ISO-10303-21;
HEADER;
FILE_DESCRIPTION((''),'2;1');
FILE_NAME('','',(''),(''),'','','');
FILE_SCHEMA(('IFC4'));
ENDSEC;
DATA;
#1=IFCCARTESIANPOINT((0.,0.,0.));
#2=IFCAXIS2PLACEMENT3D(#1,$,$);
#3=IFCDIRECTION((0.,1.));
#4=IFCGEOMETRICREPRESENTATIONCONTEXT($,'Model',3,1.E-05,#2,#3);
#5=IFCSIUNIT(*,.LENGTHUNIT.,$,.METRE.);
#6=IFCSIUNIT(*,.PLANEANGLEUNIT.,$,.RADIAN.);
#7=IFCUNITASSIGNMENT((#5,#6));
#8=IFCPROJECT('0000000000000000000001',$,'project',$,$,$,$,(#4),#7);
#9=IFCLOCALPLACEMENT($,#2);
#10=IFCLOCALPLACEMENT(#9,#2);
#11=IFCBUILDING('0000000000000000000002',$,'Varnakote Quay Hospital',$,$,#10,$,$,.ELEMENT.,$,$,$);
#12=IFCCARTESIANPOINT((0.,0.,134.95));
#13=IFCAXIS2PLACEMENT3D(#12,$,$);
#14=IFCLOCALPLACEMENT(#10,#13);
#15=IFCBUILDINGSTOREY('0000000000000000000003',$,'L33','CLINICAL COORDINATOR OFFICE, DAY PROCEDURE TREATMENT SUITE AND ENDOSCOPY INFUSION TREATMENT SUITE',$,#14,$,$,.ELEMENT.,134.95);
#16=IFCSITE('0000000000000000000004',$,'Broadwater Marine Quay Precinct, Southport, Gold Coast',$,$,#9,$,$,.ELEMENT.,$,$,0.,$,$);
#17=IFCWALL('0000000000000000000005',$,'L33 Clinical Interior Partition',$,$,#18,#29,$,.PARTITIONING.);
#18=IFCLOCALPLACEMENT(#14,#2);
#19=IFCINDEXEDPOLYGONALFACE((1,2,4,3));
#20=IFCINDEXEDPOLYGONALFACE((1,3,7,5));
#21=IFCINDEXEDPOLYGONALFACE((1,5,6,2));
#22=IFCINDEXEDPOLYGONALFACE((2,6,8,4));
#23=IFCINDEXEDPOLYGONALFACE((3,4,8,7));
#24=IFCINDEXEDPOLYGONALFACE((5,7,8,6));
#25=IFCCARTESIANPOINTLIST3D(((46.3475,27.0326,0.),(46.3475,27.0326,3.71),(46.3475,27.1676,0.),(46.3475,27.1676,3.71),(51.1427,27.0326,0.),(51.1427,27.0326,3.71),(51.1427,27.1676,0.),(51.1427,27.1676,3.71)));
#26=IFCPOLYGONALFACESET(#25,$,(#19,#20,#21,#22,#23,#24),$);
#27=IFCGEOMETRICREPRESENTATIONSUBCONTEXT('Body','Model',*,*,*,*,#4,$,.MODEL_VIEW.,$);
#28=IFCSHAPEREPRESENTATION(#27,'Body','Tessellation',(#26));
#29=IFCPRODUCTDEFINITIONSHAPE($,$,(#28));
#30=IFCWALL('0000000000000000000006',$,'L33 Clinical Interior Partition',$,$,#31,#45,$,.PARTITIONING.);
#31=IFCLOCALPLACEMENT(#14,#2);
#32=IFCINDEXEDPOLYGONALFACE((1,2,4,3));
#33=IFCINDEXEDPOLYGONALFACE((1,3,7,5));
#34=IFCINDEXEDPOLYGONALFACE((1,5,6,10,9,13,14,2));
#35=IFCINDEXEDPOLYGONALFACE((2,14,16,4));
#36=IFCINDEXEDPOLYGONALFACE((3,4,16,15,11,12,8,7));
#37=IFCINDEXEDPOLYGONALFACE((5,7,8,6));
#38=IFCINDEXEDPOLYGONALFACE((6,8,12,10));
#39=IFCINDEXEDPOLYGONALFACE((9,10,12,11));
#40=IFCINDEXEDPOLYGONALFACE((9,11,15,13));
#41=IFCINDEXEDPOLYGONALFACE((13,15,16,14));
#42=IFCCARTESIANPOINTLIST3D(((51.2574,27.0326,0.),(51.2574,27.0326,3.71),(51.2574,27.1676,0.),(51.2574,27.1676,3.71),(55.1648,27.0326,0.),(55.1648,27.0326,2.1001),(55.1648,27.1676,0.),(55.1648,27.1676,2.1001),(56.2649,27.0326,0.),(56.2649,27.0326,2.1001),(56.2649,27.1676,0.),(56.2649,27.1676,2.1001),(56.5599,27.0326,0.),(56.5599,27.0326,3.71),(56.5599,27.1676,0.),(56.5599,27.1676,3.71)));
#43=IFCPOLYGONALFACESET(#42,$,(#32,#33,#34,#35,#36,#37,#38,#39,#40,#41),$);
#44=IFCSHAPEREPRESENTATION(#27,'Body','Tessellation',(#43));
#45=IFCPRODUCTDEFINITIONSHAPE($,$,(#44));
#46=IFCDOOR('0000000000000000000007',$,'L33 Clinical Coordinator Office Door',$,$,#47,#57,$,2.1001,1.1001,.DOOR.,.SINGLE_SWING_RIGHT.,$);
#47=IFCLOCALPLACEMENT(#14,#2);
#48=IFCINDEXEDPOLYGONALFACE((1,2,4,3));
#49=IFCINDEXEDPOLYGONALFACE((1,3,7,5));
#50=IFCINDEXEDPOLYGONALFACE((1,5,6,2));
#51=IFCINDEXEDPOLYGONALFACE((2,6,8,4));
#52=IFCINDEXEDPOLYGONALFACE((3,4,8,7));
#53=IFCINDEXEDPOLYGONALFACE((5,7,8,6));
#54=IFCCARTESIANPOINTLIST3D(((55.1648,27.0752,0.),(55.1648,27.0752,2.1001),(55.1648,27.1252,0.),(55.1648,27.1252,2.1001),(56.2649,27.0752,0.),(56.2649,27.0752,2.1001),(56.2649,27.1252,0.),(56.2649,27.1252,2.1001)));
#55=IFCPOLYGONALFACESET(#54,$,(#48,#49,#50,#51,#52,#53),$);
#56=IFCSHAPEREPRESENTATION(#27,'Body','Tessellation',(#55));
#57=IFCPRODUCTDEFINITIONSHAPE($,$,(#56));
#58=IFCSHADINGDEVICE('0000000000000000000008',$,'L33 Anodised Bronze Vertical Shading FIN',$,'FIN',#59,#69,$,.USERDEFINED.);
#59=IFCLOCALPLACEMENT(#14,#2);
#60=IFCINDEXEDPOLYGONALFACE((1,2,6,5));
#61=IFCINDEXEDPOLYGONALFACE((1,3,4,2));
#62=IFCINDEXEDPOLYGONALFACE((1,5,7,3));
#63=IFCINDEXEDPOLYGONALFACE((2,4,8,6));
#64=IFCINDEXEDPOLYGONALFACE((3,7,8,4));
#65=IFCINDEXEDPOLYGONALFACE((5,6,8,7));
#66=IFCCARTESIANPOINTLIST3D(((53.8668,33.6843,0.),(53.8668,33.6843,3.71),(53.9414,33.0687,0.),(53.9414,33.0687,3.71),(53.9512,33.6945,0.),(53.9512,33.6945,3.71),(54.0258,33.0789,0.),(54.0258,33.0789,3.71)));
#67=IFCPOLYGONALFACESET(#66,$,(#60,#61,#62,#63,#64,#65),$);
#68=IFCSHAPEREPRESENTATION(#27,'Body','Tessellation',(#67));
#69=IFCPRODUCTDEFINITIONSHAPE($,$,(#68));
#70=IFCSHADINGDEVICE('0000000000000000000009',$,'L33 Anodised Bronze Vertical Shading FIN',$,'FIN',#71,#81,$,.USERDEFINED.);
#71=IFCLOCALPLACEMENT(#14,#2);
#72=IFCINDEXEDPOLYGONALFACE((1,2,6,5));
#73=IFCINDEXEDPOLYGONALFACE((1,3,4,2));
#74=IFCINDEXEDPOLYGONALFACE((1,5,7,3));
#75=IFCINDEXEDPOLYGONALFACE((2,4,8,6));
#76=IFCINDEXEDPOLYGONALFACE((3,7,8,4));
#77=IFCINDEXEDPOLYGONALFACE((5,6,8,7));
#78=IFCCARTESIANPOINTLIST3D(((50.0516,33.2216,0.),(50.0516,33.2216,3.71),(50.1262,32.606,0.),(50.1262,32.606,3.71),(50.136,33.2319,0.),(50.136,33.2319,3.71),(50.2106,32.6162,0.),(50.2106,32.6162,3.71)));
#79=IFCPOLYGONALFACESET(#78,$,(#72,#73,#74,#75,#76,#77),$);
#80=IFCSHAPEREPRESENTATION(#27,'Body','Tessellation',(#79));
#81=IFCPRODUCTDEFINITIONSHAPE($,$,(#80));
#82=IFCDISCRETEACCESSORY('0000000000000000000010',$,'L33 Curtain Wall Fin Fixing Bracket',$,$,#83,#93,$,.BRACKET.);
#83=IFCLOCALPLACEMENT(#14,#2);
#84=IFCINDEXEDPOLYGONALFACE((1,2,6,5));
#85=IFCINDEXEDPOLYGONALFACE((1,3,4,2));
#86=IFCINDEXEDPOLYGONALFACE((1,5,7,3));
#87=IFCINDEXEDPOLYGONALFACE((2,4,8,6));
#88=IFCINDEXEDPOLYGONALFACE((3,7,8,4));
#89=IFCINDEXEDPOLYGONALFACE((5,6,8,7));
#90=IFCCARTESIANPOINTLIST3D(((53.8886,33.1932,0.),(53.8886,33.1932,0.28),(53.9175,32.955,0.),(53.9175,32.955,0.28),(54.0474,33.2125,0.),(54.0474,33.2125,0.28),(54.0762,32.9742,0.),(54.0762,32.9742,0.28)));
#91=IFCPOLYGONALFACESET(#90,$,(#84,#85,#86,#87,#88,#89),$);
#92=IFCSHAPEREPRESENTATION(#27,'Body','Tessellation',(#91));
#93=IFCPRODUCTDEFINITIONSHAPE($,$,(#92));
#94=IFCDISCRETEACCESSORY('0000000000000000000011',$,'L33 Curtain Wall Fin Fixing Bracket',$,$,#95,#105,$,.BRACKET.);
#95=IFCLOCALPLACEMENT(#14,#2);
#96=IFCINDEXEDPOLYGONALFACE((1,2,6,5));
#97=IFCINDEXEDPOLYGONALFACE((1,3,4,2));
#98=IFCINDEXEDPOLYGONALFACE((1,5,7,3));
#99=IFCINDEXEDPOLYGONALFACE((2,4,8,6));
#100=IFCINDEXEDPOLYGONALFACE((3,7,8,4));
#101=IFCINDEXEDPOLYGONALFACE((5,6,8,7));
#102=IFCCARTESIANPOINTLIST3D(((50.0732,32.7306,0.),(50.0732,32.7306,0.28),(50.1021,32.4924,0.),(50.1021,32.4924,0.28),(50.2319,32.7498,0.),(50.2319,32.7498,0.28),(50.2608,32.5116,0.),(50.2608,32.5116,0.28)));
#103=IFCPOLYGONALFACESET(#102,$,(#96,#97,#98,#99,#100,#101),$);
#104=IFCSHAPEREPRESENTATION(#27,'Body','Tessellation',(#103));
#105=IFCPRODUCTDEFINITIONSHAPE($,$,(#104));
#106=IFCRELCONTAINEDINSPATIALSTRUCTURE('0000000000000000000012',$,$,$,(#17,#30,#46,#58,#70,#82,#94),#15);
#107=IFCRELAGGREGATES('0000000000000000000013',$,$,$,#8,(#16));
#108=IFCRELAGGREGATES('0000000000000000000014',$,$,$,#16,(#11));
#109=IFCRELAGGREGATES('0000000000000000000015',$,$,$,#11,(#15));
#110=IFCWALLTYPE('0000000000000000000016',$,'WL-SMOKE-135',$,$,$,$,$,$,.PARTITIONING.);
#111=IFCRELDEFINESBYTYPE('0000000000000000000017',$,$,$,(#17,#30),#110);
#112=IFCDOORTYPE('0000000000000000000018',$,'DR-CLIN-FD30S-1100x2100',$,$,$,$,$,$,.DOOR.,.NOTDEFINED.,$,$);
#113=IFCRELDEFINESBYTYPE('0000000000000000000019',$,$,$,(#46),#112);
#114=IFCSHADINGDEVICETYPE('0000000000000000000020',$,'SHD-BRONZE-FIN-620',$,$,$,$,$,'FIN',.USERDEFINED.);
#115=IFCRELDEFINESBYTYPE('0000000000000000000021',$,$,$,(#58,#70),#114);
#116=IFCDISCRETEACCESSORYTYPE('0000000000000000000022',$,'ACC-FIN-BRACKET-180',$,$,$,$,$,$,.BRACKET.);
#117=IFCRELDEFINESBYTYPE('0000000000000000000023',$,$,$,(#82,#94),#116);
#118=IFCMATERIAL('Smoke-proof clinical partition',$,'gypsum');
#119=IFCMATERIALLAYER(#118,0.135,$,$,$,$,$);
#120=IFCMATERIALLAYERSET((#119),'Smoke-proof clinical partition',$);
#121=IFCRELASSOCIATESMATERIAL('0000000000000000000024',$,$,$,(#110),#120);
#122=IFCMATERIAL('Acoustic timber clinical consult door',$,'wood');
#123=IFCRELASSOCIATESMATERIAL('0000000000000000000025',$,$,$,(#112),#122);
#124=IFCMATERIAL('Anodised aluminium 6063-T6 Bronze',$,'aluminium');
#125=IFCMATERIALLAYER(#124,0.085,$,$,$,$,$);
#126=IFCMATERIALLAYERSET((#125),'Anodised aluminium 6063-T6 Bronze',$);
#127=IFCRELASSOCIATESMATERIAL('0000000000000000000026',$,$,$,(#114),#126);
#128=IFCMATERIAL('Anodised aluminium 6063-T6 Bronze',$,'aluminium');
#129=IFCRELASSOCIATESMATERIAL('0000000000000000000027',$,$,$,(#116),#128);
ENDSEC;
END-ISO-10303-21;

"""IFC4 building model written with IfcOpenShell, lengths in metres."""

from ifc_helpers import new_model, si_unit, direction, frame, frame_2d, origin, origin_2d, place, context, subcontext, project, spatial, rectangle, extrude, material, layer, layer_set, type_object, element, fill, save


model = new_model("IFC4")

# Units and contexts
model_context = context("Model", 3, precision=1e-05, world=origin(), true_north=direction((0.0, 1.0)))
body_context = subcontext(model_context, "Body", "Model", "MODEL_VIEW")
ifc_project = project(units=[si_unit("LENGTHUNIT", "METRE"), si_unit("PLANEANGLEUNIT", "RADIAN")], contexts=[model_context])

# Site, building, storey
site_placement = place(None, origin())
site = spatial("IfcSite", under=ifc_project, at=site_placement, Name="Broadwater Marine Quay Precinct, Southport, Gold Coast", CompositionType="ELEMENT", RefElevation=0.0)
building_placement = place(site_placement, origin())
building = spatial("IfcBuilding", under=site, at=building_placement, Name="Varnakote Quay Hospital", CompositionType="ELEMENT")
storey_placement = place(building_placement, frame((0.0, 0.0, 134.95)))
storey = spatial("IfcBuildingStorey", under=building, at=storey_placement, Name="L33", Description="CLINICAL COORDINATOR OFFICE, DAY PROCEDURE TREATMENT SUITE AND ENDOSCOPY INFUSION TREATMENT SUITE", CompositionType="ELEMENT", Elevation=134.95)

# Wall
ifc_material_1 = material(Name="Smoke-proof clinical partition", Category="gypsum")
ifc_layer_1 = layer(ifc_material_1, 0.135)
ifc_layer_set_1 = layer_set([ifc_layer_1], Name="Smoke-proof clinical partition")
wall_type_1 = type_object("IfcWallType", Name="WL-SMOKE-135", PredefinedType="PARTITIONING", material=ifc_layer_set_1)
wall_1_placement = place(storey_placement, frame((51.1426, 27.1001, 0.0), z_axis=(0.0, 0.0, 1.0), x_axis=(-1.0, 0.0, 0.0)))
element("IfcWall", 1, at=wall_1_placement, inside=storey, type_object=wall_type_1, Name="L33 Clinical Interior Partition", PredefinedType="PARTITIONING", context=body_context, shape_type="SweptSolid", body=[
    extrude(rectangle(XDim=4.7952, YDim=0.135, at=frame_2d((2.3975, 0.0))), origin(), (0.0, 0.0, 1.0), 3.71),
])

# Wall, opening, door
wall_2_placement = place(storey_placement, frame((56.5601, 27.1001, 0.0), z_axis=(0.0, 0.0, 1.0), x_axis=(-1.0, 0.0, 0.0)))
wall_2 = element("IfcWall", 2, at=wall_2_placement, inside=storey, type_object=wall_type_1, Name="L33 Clinical Interior Partition", PredefinedType="PARTITIONING", context=body_context, shape_type="SweptSolid", body=[
    extrude(rectangle(XDim=5.3025, YDim=0.135, at=frame_2d((2.6514, 0.0))), origin(), (0.0, 0.0, 1.0), 3.71),
])
opening_placement = place(wall_2_placement, frame((0.2952, 0.0, 0.0)))
opening = element("IfcOpeningElement", 3, at=opening_placement, cuts=wall_2, PredefinedType="OPENING", context=body_context, shape_type="SweptSolid", body=[
    extrude(rectangle(XDim=1.1001, YDim=2.1001, at=frame_2d((0.55, 1.05))), frame((0.0, 0.0774, 0.0), z_axis=(0.0, -1.0, 0.0), x_axis=(1.0, 0.0, 0.0)), (0.0, 0.0, 1.0), 0.155),
])
ifc_material_2 = material(Name="Acoustic timber clinical consult door", Category="wood")
door_type = type_object("IfcDoorType", Name="DR-CLIN-FD30S-1100x2100", OperationType="NOTDEFINED", PredefinedType="DOOR", material=ifc_material_2)
door_placement = place(opening_placement, origin())
door = element("IfcDoor", 4, at=door_placement, inside=storey, type_object=door_type, Name="L33 Clinical Coordinator Office Door", OperationType="SINGLE_SWING_RIGHT", OverallHeight=2.1001, OverallWidth=1.1001, PredefinedType="DOOR", context=body_context, shape_type="SweptSolid", body=[
    extrude(rectangle(XDim=1.1001, YDim=2.1001, at=frame_2d((0.55, 1.05))), frame((0.0, 0.0249, 0.0), z_axis=(0.0, -1.0, 0.0), x_axis=(1.0, 0.0, 0.0)), (0.0, 0.0, 1.0), 0.05),
])
fill(opening, door)

# Shading devices
ifc_material_3 = material(Name="Anodised aluminium 6063-T6 Bronze", Category="aluminium")
ifc_layer_2 = layer(ifc_material_3, 0.085)
ifc_layer_set_2 = layer_set([ifc_layer_2], Name="Anodised aluminium 6063-T6 Bronze")
shading_device_type = type_object("IfcShadingDeviceType", Name="SHD-BRONZE-FIN-620", ElementType="FIN", PredefinedType="USERDEFINED", material=ifc_layer_set_2)
for number, where, z_axis, x_axis, name in (
    (5, (53.9463, 33.3816, 0.0), (0.0, 0.0, 1.0), (0.12031, -0.992736, 0.0), "L33 Anodised Bronze Vertical Shading FIN"),
    (6, (50.1311, 32.9189, 0.0), (0.0, 0.0, 1.0), (0.12031, -0.992736, 0.0), "L33 Anodised Bronze Vertical Shading FIN"),
):
    element("IfcShadingDevice", number, at=place(storey_placement, frame(where, z_axis=z_axis, x_axis=x_axis)), inside=storey, type_object=shading_device_type, Name=name, ObjectType="FIN", PredefinedType="USERDEFINED", context=body_context, shape_type="SweptSolid", body=[
        extrude(rectangle(XDim=0.6201, YDim=0.085, at=origin_2d()), origin(), (0.0, 0.0, 1.0), 3.71),
    ])

# Discrete accessories
ifc_material_4 = material(Name="Anodised aluminium 6063-T6 Bronze", Category="aluminium")
discrete_accessory_type = type_object("IfcDiscreteAccessoryType", Name="ACC-FIN-BRACKET-180", PredefinedType="BRACKET", material=ifc_material_4)
for number, where, z_axis, x_axis, name in (
    (7, (53.9824, 33.0837, 0.0), (0.0, 0.0, 1.0), (-0.992736, -0.12031, 0.0), "L33 Curtain Wall Fin Fixing Bracket"),
    (8, (50.167, 32.6211, 0.0), (0.0, 0.0, 1.0), (-0.992736, -0.12031, 0.0), "L33 Curtain Wall Fin Fixing Bracket"),
):
    element("IfcDiscreteAccessory", number, at=place(storey_placement, frame(where, z_axis=z_axis, x_axis=x_axis)), inside=storey, type_object=discrete_accessory_type, Name=name, PredefinedType="BRACKET", context=body_context, shape_type="SweptSolid", body=[
        extrude(rectangle(XDim=0.1599, YDim=0.24, at=origin_2d()), origin(), (0.0, 0.0, 1.0), 0.28),
    ])

save(model, "model.ifc")
